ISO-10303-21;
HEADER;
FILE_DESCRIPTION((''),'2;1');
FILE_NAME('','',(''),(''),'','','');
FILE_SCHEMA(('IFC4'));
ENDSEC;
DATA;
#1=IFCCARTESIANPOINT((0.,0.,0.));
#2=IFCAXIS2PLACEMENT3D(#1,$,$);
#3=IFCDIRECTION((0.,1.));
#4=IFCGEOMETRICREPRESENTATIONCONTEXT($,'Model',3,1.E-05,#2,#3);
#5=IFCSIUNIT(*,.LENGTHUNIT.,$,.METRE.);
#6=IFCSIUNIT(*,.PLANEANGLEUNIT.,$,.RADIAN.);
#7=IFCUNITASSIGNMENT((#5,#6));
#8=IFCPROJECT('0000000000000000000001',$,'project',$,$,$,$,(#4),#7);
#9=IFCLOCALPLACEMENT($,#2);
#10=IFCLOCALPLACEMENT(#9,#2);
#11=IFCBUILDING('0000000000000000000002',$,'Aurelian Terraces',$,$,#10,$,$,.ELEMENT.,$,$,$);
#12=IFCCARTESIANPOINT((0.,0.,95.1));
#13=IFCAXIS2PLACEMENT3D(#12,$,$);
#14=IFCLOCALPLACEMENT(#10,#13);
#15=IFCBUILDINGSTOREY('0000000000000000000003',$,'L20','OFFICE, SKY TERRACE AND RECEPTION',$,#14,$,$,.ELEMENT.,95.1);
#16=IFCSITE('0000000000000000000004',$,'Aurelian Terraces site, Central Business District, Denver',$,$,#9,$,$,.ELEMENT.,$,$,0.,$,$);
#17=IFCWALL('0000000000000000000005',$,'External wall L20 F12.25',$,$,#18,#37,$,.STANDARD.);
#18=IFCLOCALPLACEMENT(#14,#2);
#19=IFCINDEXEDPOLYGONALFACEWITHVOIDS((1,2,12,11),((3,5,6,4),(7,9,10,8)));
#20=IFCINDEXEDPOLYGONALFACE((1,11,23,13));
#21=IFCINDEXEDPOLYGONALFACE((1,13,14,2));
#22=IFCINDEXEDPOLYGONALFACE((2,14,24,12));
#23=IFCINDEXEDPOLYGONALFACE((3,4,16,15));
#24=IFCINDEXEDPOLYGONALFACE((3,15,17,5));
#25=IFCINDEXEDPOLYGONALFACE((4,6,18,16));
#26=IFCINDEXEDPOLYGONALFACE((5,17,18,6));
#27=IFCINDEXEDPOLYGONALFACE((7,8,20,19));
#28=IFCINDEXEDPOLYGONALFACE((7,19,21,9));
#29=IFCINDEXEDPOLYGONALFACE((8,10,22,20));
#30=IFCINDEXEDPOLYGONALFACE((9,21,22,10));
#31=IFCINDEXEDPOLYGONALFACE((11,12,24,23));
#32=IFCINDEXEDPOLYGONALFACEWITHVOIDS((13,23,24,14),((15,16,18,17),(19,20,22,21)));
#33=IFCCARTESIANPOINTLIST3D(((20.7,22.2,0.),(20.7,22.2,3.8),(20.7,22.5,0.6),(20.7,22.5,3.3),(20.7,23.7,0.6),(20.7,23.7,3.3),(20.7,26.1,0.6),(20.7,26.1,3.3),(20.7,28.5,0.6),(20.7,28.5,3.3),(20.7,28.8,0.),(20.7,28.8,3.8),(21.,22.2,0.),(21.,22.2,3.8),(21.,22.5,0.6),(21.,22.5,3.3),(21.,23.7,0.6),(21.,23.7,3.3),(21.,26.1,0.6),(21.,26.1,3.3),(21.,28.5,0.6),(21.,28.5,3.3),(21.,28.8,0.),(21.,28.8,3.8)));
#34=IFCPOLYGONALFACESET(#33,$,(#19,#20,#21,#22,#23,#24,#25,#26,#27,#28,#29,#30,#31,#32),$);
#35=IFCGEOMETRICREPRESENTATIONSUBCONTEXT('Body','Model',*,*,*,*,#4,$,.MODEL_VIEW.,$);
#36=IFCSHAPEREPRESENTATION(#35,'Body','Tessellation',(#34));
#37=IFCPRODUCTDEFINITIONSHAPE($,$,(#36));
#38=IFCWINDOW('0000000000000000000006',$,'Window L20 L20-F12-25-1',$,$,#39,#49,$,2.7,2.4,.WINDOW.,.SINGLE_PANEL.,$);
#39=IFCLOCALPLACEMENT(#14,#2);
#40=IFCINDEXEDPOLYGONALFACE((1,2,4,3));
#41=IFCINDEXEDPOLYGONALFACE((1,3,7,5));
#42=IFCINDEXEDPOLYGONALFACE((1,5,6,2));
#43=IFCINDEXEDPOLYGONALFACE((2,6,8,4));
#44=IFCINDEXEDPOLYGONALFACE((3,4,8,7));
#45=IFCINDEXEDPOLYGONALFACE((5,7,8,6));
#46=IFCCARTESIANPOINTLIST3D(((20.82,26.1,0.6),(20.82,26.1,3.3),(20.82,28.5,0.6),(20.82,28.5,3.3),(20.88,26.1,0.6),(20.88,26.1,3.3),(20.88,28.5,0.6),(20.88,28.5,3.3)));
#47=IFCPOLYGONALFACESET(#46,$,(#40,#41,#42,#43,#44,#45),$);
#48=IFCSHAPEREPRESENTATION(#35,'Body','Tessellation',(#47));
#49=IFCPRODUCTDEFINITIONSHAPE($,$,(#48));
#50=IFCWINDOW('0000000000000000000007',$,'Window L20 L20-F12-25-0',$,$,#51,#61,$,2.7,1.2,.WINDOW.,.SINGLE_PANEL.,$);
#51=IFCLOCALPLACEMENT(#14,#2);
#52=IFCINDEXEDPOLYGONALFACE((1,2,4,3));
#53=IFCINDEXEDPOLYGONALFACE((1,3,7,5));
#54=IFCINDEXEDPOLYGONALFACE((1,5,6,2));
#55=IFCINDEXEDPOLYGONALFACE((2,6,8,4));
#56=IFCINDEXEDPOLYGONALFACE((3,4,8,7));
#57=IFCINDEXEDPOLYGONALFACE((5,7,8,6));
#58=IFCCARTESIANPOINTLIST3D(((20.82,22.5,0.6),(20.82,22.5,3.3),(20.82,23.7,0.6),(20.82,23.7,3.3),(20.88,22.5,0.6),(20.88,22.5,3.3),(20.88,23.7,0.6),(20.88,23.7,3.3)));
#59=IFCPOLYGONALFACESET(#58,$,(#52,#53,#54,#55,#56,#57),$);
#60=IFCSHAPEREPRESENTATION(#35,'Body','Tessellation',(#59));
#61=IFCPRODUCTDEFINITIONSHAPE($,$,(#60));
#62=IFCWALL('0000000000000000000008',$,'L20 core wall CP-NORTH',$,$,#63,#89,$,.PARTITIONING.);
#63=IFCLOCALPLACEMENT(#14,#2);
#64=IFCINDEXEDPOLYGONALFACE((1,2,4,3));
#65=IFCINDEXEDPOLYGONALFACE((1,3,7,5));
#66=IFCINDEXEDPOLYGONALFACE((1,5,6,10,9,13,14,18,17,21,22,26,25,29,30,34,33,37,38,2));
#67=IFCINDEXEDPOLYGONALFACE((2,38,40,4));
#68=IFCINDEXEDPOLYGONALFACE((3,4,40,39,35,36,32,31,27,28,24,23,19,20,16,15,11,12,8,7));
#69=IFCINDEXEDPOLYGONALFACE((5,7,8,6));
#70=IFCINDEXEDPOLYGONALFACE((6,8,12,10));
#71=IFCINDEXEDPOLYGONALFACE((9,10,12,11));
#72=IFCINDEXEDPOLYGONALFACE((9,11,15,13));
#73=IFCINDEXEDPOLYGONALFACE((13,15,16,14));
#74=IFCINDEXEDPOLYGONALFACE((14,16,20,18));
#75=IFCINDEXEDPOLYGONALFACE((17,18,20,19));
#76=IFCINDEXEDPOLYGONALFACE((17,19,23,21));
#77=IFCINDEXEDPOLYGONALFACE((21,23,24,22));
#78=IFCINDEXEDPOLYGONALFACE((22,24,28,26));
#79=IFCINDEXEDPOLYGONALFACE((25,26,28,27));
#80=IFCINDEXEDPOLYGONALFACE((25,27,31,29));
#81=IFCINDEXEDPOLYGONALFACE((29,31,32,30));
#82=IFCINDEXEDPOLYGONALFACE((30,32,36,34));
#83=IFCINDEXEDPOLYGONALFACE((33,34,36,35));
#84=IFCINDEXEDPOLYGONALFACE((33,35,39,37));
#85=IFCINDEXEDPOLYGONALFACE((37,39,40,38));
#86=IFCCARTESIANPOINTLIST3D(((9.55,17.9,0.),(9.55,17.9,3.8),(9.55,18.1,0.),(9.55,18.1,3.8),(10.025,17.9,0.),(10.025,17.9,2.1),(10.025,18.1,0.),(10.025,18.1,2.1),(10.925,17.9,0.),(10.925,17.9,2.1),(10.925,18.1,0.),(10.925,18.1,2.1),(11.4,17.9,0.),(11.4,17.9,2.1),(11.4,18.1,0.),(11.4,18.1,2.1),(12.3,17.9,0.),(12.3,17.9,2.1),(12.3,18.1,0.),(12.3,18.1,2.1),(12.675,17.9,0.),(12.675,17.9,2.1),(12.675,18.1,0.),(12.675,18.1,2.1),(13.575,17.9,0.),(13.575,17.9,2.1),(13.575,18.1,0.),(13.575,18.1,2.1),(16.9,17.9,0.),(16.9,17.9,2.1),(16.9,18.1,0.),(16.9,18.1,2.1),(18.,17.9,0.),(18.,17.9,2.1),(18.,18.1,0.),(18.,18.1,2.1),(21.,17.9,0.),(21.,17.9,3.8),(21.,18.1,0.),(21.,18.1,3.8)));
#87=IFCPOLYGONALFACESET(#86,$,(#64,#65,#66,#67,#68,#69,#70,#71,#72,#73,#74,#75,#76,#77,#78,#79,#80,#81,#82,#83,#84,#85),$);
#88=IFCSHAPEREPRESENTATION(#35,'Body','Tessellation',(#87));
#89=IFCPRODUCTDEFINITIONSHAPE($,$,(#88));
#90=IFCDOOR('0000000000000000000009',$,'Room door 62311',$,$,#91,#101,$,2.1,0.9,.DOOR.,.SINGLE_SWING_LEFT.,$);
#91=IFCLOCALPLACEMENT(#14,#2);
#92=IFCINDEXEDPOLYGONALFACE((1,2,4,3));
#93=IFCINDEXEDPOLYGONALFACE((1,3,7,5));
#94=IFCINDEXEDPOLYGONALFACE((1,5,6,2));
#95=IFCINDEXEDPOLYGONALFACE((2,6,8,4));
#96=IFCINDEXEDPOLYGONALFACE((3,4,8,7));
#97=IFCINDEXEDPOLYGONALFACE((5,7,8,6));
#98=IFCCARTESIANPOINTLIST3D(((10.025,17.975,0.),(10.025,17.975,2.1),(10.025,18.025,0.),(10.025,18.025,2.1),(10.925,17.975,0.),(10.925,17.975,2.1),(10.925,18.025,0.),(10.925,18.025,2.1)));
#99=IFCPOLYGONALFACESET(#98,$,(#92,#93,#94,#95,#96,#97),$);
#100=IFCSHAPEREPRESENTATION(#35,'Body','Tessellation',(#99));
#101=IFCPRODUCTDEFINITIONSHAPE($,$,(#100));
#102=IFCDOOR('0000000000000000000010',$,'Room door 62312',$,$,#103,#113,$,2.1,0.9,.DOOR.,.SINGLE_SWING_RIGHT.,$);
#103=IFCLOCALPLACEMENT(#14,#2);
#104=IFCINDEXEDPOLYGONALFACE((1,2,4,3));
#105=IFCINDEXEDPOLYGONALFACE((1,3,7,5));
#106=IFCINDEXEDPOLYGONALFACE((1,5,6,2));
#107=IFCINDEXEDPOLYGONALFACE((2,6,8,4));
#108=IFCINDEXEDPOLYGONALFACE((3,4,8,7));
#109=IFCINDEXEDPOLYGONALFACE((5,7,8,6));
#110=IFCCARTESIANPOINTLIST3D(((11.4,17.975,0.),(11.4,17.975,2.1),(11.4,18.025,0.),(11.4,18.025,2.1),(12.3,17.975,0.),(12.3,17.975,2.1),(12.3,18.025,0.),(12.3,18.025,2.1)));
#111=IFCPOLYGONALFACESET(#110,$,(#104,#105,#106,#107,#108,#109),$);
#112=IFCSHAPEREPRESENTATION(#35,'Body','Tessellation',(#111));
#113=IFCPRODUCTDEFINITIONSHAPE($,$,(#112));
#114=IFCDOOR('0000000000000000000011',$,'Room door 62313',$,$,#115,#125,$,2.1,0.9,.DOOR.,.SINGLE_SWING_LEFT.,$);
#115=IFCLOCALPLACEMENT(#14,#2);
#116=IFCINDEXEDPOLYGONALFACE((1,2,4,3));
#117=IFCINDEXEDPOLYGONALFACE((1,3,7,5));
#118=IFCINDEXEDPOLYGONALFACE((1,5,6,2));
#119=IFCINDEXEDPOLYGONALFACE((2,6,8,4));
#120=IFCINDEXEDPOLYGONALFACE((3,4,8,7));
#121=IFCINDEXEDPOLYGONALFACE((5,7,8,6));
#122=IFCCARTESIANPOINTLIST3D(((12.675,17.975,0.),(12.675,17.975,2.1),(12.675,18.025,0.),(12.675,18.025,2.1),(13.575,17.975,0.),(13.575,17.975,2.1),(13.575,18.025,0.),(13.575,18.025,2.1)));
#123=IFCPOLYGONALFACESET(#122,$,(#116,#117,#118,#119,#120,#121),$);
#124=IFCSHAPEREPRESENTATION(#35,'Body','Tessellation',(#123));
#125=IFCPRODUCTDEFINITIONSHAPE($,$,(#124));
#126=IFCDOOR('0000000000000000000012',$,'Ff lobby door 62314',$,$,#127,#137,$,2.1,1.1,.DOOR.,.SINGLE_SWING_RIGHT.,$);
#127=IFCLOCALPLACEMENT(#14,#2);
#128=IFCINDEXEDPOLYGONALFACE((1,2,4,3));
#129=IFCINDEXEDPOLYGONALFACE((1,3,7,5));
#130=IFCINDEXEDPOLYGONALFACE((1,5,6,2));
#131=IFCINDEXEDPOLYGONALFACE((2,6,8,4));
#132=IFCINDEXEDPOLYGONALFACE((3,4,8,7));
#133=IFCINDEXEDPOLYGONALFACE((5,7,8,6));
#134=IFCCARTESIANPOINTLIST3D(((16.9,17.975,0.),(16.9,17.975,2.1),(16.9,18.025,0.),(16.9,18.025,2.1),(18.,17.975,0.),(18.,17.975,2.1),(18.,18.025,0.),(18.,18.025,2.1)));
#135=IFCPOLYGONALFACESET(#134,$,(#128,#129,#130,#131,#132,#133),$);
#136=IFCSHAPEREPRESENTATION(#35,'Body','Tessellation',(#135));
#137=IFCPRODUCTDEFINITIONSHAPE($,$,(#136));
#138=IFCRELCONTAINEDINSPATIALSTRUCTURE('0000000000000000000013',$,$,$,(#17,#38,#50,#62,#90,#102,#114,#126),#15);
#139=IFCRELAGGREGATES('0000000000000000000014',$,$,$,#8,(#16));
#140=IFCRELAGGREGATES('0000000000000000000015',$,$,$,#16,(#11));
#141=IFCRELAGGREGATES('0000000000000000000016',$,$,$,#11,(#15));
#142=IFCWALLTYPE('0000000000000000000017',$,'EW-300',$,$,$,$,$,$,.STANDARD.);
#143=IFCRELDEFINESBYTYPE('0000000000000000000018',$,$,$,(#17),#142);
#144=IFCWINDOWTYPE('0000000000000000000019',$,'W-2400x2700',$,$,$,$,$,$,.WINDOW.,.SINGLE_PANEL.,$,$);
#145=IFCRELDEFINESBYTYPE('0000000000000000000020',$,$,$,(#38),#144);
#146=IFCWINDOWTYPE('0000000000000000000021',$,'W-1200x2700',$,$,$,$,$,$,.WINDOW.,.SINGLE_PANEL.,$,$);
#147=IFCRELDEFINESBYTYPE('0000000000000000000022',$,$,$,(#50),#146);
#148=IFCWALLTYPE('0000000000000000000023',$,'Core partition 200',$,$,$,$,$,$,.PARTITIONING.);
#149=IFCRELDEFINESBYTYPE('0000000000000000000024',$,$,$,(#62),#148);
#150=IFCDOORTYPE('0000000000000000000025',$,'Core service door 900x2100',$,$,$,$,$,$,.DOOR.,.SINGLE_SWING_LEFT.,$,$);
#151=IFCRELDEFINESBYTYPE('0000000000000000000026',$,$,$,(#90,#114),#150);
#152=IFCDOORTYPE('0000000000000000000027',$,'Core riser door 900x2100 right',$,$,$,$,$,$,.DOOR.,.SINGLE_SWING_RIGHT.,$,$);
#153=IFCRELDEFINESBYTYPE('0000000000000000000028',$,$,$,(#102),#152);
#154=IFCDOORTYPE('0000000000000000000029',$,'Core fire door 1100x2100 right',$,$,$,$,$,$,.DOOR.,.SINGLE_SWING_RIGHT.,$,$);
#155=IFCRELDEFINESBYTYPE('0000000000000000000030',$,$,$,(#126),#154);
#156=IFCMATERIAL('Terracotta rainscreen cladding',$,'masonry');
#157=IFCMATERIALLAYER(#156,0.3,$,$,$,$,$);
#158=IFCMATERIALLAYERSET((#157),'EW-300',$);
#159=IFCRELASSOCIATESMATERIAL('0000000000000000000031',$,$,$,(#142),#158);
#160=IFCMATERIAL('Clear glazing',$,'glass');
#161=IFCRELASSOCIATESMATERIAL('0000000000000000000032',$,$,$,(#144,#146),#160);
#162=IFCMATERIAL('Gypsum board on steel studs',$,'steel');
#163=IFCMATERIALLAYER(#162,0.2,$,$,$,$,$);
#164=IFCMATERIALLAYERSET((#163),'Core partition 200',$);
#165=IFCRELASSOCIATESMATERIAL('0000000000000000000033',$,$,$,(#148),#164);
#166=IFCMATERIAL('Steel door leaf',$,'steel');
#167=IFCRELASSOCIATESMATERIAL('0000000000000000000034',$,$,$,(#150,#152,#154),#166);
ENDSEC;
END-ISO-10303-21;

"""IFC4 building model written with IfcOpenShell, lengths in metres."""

from ifc_helpers import new_model, si_unit, direction, frame, frame_2d, origin, place, context, subcontext, project, spatial, rectangle, extrude, source, transform, mapped, material, layer, layer_set, type_object, element, fill, save


model = new_model("IFC4")

# Units and contexts
model_context = context("Model", 3, precision=1e-05, world=origin(), true_north=direction((0.0, 1.0)))
body_context = subcontext(model_context, "Body", "Model", "MODEL_VIEW")
ifc_project = project(units=[si_unit("LENGTHUNIT", "METRE"), si_unit("PLANEANGLEUNIT", "RADIAN")], contexts=[model_context])

# Site, building, storey
site_placement = place(None, origin())
site = spatial("IfcSite", under=ifc_project, at=site_placement, Name="Aurelian Terraces site, Central Business District, Denver", CompositionType="ELEMENT", RefElevation=0.0)
building_placement = place(site_placement, origin())
building = spatial("IfcBuilding", under=site, at=building_placement, Name="Aurelian Terraces", CompositionType="ELEMENT")
storey_placement = place(building_placement, frame((0.0, 0.0, 95.1)))
storey = spatial("IfcBuildingStorey", under=building, at=storey_placement, Name="L20", Description="OFFICE, SKY TERRACE AND RECEPTION", CompositionType="ELEMENT", Elevation=95.1)

# Wall, openings, windows
ifc_material_1 = material(Name="Terracotta rainscreen cladding", Category="masonry")
ifc_layer_1 = layer(ifc_material_1, 0.3)
ifc_layer_set_1 = layer_set([ifc_layer_1], Name="EW-300")
wall_type_1 = type_object("IfcWallType", Name="EW-300", PredefinedType="STANDARD", material=ifc_layer_set_1)
shared_shape_1 = source(origin(), body_context, "Body", "SweptSolid", [
    extrude(rectangle(XDim=6.6, YDim=0.3, at=frame_2d((3.3, 0.0))), origin(), (0.0, 0.0, 1.0), 3.8),
])
wall_1_placement = place(storey_placement, frame((20.85, 22.2, 0.0), z_axis=(0.0, 0.0, 1.0), x_axis=(0.0, 1.0, 0.0)))
wall_1 = element("IfcWall", 1, at=wall_1_placement, inside=storey, type_object=wall_type_1, Name="External wall L20 F12.25", PredefinedType="STANDARD", context=body_context, shape_type="MappedRepresentation", body=[
    mapped(shared_shape_1, transform((0.0, 0.0, 0.0), scale=1.0)),
])
shared_shape_2 = source(origin(), body_context, "Body", "SweptSolid", [
    extrude(rectangle(XDim=1.2, YDim=2.7, at=frame_2d((0.6, 1.35))), frame((0.0, 0.16, 0.0), z_axis=(0.0, -1.0, 0.0), x_axis=(1.0, 0.0, 0.0)), (0.0, 0.0, 1.0), 0.32),
])
opening_1_placement = place(wall_1_placement, frame((0.3, 0.0, 0.6)))
opening_1 = element("IfcOpeningElement", 2, at=opening_1_placement, cuts=wall_1, PredefinedType="OPENING", context=body_context, shape_type="MappedRepresentation", body=[
    mapped(shared_shape_2, transform((0.0, 0.0, 0.0), scale=1.0)),
])
shared_shape_3 = source(origin(), body_context, "Body", "SweptSolid", [
    extrude(rectangle(XDim=2.4, YDim=2.7, at=frame_2d((1.2, 1.35))), frame((0.0, 0.16, 0.0), z_axis=(0.0, -1.0, 0.0), x_axis=(1.0, 0.0, 0.0)), (0.0, 0.0, 1.0), 0.32),
])
opening_2_placement = place(wall_1_placement, frame((3.9, 0.0, 0.6)))
opening_2 = element("IfcOpeningElement", 3, at=opening_2_placement, cuts=wall_1, PredefinedType="OPENING", context=body_context, shape_type="MappedRepresentation", body=[
    mapped(shared_shape_3, transform((0.0, 0.0, 0.0), scale=1.0)),
])
ifc_material_2 = material(Name="Clear glazing", Category="glass")
window_type_1 = type_object("IfcWindowType", Name="W-2400x2700", PartitioningType="SINGLE_PANEL", PredefinedType="WINDOW", material=ifc_material_2)
shared_shape_4 = source(origin(), body_context, "Body", "SweptSolid", [
    extrude(rectangle(XDim=2.4, YDim=2.7, at=frame_2d((1.2, 1.35))), frame((0.0, 0.03, 0.0), z_axis=(0.0, -1.0, 0.0), x_axis=(1.0, 0.0, 0.0)), (0.0, 0.0, 1.0), 0.06),
])
window_1_placement = place(opening_2_placement, origin())
window_1 = element("IfcWindow", 4, at=window_1_placement, inside=storey, type_object=window_type_1, Name="Window L20 L20-F12-25-1", OverallHeight=2.7, OverallWidth=2.4, PartitioningType="SINGLE_PANEL", PredefinedType="WINDOW", context=body_context, shape_type="MappedRepresentation", body=[
    mapped(shared_shape_4, transform((0.0, 0.0, 0.0), scale=1.0)),
])
fill(opening_2, window_1)
window_type_2 = type_object("IfcWindowType", Name="W-1200x2700", PartitioningType="SINGLE_PANEL", PredefinedType="WINDOW", material=ifc_material_2)
shared_shape_5 = source(origin(), body_context, "Body", "SweptSolid", [
    extrude(rectangle(XDim=1.2, YDim=2.7, at=frame_2d((0.6, 1.35))), frame((0.0, 0.03, 0.0), z_axis=(0.0, -1.0, 0.0), x_axis=(1.0, 0.0, 0.0)), (0.0, 0.0, 1.0), 0.06),
])
window_2_placement = place(opening_1_placement, origin())
window_2 = element("IfcWindow", 5, at=window_2_placement, inside=storey, type_object=window_type_2, Name="Window L20 L20-F12-25-0", OverallHeight=2.7, OverallWidth=1.2, PartitioningType="SINGLE_PANEL", PredefinedType="WINDOW", context=body_context, shape_type="MappedRepresentation", body=[
    mapped(shared_shape_5, transform((0.0, 0.0, 0.0), scale=1.0)),
])
fill(opening_1, window_2)

# Wall, openings, doors
ifc_material_3 = material(Name="Gypsum board on steel studs", Category="steel")
ifc_layer_2 = layer(ifc_material_3, 0.2)
ifc_layer_set_2 = layer_set([ifc_layer_2], Name="Core partition 200")
wall_type_2 = type_object("IfcWallType", Name="Core partition 200", PredefinedType="PARTITIONING", material=ifc_layer_set_2)
shared_shape_6 = source(origin(), body_context, "Body", "SweptSolid", [
    extrude(rectangle(XDim=11.45, YDim=0.2, at=frame_2d((5.725, 0.0))), origin(), (0.0, 0.0, 1.0), 3.8),
])
wall_2_placement = place(storey_placement, frame((9.55, 18.0, 0.0), z_axis=(0.0, 0.0, 1.0), x_axis=(1.0, 0.0, 0.0)))
wall_2 = element("IfcWall", 6, at=wall_2_placement, inside=storey, type_object=wall_type_2, Name="L20 core wall CP-NORTH", PredefinedType="PARTITIONING", context=body_context, shape_type="MappedRepresentation", body=[
    mapped(shared_shape_6, transform((0.0, 0.0, 0.0), scale=1.0)),
])
shared_shape_7 = source(origin(), body_context, "Body", "SweptSolid", [
    extrude(rectangle(XDim=0.9, YDim=2.1, at=frame_2d((0.45, 1.05))), frame((0.0, 0.11, 0.0), z_axis=(0.0, -1.0, 0.0), x_axis=(1.0, 0.0, 0.0)), (0.0, 0.0, 1.0), 0.22),
])
opening_3_placement = place(wall_2_placement, frame((0.475, 0.0, 0.0)))
opening_3 = element("IfcOpeningElement", 7, at=opening_3_placement, cuts=wall_2, PredefinedType="OPENING", context=body_context, shape_type="MappedRepresentation", body=[
    mapped(shared_shape_7, transform((0.0, 0.0, 0.0), scale=1.0)),
])
opening_4_placement = place(wall_2_placement, frame((1.85, 0.0, 0.0)))
opening_4 = element("IfcOpeningElement", 8, at=opening_4_placement, cuts=wall_2, PredefinedType="OPENING", context=body_context, shape_type="MappedRepresentation", body=[
    mapped(shared_shape_7, transform((0.0, 0.0, 0.0), scale=1.0)),
])
opening_5_placement = place(wall_2_placement, frame((3.125, 0.0, 0.0)))
opening_5 = element("IfcOpeningElement", 9, at=opening_5_placement, cuts=wall_2, PredefinedType="OPENING", context=body_context, shape_type="MappedRepresentation", body=[
    mapped(shared_shape_7, transform((0.0, 0.0, 0.0), scale=1.0)),
])
shared_shape_8 = source(origin(), body_context, "Body", "SweptSolid", [
    extrude(rectangle(XDim=1.1, YDim=2.1, at=frame_2d((0.55, 1.05))), frame((0.0, 0.11, 0.0), z_axis=(0.0, -1.0, 0.0), x_axis=(1.0, 0.0, 0.0)), (0.0, 0.0, 1.0), 0.22),
])
opening_6_placement = place(wall_2_placement, frame((7.35, 0.0, 0.0)))
opening_6 = element("IfcOpeningElement", 10, at=opening_6_placement, cuts=wall_2, PredefinedType="OPENING", context=body_context, shape_type="MappedRepresentation", body=[
    mapped(shared_shape_8, transform((0.0, 0.0, 0.0), scale=1.0)),
])
ifc_material_4 = material(Name="Steel door leaf", Category="steel")
door_type_1 = type_object("IfcDoorType", Name="Core service door 900x2100", OperationType="SINGLE_SWING_LEFT", PredefinedType="DOOR", material=ifc_material_4)
shared_shape_9 = source(origin(), body_context, "Body", "SweptSolid", [
    extrude(rectangle(XDim=0.9, YDim=2.1, at=frame_2d((0.45, 1.05))), frame((0.0, 0.025, 0.0), z_axis=(0.0, -1.0, 0.0), x_axis=(1.0, 0.0, 0.0)), (0.0, 0.0, 1.0), 0.05),
])
door_1_placement = place(opening_3_placement, origin())
door_1 = element("IfcDoor", 11, at=door_1_placement, inside=storey, type_object=door_type_1, Name="Room door 62311", OperationType="SINGLE_SWING_LEFT", OverallHeight=2.1, OverallWidth=0.9, PredefinedType="DOOR", context=body_context, shape_type="MappedRepresentation", body=[
    mapped(shared_shape_9, transform((0.0, 0.0, 0.0), scale=1.0)),
])
fill(opening_3, door_1)
door_type_2 = type_object("IfcDoorType", Name="Core riser door 900x2100 right", OperationType="SINGLE_SWING_RIGHT", PredefinedType="DOOR", material=ifc_material_4)
door_2_placement = place(opening_4_placement, origin())
door_2 = element("IfcDoor", 12, at=door_2_placement, inside=storey, type_object=door_type_2, Name="Room door 62312", OperationType="SINGLE_SWING_RIGHT", OverallHeight=2.1, OverallWidth=0.9, PredefinedType="DOOR", context=body_context, shape_type="MappedRepresentation", body=[
    mapped(shared_shape_9, transform((0.0, 0.0, 0.0), scale=1.0)),
])
fill(opening_4, door_2)
door_3_placement = place(opening_5_placement, origin())
door_3 = element("IfcDoor", 13, at=door_3_placement, inside=storey, type_object=door_type_1, Name="Room door 62313", OperationType="SINGLE_SWING_LEFT", OverallHeight=2.1, OverallWidth=0.9, PredefinedType="DOOR", context=body_context, shape_type="MappedRepresentation", body=[
    mapped(shared_shape_9, transform((0.0, 0.0, 0.0), scale=1.0)),
])
fill(opening_5, door_3)
door_type_3 = type_object("IfcDoorType", Name="Core fire door 1100x2100 right", OperationType="SINGLE_SWING_RIGHT", PredefinedType="DOOR", material=ifc_material_4)
shared_shape_10 = source(origin(), body_context, "Body", "SweptSolid", [
    extrude(rectangle(XDim=1.1, YDim=2.1, at=frame_2d((0.55, 1.05))), frame((0.0, 0.025, 0.0), z_axis=(0.0, -1.0, 0.0), x_axis=(1.0, 0.0, 0.0)), (0.0, 0.0, 1.0), 0.05),
])
door_4_placement = place(opening_6_placement, origin())
door_4 = element("IfcDoor", 14, at=door_4_placement, inside=storey, type_object=door_type_3, Name="Ff lobby door 62314", OperationType="SINGLE_SWING_RIGHT", OverallHeight=2.1, OverallWidth=1.1, PredefinedType="DOOR", context=body_context, shape_type="MappedRepresentation", body=[
    mapped(shared_shape_10, transform((0.0, 0.0, 0.0), scale=1.0)),
])
fill(opening_6, door_4)

save(model, "model.ifc")
